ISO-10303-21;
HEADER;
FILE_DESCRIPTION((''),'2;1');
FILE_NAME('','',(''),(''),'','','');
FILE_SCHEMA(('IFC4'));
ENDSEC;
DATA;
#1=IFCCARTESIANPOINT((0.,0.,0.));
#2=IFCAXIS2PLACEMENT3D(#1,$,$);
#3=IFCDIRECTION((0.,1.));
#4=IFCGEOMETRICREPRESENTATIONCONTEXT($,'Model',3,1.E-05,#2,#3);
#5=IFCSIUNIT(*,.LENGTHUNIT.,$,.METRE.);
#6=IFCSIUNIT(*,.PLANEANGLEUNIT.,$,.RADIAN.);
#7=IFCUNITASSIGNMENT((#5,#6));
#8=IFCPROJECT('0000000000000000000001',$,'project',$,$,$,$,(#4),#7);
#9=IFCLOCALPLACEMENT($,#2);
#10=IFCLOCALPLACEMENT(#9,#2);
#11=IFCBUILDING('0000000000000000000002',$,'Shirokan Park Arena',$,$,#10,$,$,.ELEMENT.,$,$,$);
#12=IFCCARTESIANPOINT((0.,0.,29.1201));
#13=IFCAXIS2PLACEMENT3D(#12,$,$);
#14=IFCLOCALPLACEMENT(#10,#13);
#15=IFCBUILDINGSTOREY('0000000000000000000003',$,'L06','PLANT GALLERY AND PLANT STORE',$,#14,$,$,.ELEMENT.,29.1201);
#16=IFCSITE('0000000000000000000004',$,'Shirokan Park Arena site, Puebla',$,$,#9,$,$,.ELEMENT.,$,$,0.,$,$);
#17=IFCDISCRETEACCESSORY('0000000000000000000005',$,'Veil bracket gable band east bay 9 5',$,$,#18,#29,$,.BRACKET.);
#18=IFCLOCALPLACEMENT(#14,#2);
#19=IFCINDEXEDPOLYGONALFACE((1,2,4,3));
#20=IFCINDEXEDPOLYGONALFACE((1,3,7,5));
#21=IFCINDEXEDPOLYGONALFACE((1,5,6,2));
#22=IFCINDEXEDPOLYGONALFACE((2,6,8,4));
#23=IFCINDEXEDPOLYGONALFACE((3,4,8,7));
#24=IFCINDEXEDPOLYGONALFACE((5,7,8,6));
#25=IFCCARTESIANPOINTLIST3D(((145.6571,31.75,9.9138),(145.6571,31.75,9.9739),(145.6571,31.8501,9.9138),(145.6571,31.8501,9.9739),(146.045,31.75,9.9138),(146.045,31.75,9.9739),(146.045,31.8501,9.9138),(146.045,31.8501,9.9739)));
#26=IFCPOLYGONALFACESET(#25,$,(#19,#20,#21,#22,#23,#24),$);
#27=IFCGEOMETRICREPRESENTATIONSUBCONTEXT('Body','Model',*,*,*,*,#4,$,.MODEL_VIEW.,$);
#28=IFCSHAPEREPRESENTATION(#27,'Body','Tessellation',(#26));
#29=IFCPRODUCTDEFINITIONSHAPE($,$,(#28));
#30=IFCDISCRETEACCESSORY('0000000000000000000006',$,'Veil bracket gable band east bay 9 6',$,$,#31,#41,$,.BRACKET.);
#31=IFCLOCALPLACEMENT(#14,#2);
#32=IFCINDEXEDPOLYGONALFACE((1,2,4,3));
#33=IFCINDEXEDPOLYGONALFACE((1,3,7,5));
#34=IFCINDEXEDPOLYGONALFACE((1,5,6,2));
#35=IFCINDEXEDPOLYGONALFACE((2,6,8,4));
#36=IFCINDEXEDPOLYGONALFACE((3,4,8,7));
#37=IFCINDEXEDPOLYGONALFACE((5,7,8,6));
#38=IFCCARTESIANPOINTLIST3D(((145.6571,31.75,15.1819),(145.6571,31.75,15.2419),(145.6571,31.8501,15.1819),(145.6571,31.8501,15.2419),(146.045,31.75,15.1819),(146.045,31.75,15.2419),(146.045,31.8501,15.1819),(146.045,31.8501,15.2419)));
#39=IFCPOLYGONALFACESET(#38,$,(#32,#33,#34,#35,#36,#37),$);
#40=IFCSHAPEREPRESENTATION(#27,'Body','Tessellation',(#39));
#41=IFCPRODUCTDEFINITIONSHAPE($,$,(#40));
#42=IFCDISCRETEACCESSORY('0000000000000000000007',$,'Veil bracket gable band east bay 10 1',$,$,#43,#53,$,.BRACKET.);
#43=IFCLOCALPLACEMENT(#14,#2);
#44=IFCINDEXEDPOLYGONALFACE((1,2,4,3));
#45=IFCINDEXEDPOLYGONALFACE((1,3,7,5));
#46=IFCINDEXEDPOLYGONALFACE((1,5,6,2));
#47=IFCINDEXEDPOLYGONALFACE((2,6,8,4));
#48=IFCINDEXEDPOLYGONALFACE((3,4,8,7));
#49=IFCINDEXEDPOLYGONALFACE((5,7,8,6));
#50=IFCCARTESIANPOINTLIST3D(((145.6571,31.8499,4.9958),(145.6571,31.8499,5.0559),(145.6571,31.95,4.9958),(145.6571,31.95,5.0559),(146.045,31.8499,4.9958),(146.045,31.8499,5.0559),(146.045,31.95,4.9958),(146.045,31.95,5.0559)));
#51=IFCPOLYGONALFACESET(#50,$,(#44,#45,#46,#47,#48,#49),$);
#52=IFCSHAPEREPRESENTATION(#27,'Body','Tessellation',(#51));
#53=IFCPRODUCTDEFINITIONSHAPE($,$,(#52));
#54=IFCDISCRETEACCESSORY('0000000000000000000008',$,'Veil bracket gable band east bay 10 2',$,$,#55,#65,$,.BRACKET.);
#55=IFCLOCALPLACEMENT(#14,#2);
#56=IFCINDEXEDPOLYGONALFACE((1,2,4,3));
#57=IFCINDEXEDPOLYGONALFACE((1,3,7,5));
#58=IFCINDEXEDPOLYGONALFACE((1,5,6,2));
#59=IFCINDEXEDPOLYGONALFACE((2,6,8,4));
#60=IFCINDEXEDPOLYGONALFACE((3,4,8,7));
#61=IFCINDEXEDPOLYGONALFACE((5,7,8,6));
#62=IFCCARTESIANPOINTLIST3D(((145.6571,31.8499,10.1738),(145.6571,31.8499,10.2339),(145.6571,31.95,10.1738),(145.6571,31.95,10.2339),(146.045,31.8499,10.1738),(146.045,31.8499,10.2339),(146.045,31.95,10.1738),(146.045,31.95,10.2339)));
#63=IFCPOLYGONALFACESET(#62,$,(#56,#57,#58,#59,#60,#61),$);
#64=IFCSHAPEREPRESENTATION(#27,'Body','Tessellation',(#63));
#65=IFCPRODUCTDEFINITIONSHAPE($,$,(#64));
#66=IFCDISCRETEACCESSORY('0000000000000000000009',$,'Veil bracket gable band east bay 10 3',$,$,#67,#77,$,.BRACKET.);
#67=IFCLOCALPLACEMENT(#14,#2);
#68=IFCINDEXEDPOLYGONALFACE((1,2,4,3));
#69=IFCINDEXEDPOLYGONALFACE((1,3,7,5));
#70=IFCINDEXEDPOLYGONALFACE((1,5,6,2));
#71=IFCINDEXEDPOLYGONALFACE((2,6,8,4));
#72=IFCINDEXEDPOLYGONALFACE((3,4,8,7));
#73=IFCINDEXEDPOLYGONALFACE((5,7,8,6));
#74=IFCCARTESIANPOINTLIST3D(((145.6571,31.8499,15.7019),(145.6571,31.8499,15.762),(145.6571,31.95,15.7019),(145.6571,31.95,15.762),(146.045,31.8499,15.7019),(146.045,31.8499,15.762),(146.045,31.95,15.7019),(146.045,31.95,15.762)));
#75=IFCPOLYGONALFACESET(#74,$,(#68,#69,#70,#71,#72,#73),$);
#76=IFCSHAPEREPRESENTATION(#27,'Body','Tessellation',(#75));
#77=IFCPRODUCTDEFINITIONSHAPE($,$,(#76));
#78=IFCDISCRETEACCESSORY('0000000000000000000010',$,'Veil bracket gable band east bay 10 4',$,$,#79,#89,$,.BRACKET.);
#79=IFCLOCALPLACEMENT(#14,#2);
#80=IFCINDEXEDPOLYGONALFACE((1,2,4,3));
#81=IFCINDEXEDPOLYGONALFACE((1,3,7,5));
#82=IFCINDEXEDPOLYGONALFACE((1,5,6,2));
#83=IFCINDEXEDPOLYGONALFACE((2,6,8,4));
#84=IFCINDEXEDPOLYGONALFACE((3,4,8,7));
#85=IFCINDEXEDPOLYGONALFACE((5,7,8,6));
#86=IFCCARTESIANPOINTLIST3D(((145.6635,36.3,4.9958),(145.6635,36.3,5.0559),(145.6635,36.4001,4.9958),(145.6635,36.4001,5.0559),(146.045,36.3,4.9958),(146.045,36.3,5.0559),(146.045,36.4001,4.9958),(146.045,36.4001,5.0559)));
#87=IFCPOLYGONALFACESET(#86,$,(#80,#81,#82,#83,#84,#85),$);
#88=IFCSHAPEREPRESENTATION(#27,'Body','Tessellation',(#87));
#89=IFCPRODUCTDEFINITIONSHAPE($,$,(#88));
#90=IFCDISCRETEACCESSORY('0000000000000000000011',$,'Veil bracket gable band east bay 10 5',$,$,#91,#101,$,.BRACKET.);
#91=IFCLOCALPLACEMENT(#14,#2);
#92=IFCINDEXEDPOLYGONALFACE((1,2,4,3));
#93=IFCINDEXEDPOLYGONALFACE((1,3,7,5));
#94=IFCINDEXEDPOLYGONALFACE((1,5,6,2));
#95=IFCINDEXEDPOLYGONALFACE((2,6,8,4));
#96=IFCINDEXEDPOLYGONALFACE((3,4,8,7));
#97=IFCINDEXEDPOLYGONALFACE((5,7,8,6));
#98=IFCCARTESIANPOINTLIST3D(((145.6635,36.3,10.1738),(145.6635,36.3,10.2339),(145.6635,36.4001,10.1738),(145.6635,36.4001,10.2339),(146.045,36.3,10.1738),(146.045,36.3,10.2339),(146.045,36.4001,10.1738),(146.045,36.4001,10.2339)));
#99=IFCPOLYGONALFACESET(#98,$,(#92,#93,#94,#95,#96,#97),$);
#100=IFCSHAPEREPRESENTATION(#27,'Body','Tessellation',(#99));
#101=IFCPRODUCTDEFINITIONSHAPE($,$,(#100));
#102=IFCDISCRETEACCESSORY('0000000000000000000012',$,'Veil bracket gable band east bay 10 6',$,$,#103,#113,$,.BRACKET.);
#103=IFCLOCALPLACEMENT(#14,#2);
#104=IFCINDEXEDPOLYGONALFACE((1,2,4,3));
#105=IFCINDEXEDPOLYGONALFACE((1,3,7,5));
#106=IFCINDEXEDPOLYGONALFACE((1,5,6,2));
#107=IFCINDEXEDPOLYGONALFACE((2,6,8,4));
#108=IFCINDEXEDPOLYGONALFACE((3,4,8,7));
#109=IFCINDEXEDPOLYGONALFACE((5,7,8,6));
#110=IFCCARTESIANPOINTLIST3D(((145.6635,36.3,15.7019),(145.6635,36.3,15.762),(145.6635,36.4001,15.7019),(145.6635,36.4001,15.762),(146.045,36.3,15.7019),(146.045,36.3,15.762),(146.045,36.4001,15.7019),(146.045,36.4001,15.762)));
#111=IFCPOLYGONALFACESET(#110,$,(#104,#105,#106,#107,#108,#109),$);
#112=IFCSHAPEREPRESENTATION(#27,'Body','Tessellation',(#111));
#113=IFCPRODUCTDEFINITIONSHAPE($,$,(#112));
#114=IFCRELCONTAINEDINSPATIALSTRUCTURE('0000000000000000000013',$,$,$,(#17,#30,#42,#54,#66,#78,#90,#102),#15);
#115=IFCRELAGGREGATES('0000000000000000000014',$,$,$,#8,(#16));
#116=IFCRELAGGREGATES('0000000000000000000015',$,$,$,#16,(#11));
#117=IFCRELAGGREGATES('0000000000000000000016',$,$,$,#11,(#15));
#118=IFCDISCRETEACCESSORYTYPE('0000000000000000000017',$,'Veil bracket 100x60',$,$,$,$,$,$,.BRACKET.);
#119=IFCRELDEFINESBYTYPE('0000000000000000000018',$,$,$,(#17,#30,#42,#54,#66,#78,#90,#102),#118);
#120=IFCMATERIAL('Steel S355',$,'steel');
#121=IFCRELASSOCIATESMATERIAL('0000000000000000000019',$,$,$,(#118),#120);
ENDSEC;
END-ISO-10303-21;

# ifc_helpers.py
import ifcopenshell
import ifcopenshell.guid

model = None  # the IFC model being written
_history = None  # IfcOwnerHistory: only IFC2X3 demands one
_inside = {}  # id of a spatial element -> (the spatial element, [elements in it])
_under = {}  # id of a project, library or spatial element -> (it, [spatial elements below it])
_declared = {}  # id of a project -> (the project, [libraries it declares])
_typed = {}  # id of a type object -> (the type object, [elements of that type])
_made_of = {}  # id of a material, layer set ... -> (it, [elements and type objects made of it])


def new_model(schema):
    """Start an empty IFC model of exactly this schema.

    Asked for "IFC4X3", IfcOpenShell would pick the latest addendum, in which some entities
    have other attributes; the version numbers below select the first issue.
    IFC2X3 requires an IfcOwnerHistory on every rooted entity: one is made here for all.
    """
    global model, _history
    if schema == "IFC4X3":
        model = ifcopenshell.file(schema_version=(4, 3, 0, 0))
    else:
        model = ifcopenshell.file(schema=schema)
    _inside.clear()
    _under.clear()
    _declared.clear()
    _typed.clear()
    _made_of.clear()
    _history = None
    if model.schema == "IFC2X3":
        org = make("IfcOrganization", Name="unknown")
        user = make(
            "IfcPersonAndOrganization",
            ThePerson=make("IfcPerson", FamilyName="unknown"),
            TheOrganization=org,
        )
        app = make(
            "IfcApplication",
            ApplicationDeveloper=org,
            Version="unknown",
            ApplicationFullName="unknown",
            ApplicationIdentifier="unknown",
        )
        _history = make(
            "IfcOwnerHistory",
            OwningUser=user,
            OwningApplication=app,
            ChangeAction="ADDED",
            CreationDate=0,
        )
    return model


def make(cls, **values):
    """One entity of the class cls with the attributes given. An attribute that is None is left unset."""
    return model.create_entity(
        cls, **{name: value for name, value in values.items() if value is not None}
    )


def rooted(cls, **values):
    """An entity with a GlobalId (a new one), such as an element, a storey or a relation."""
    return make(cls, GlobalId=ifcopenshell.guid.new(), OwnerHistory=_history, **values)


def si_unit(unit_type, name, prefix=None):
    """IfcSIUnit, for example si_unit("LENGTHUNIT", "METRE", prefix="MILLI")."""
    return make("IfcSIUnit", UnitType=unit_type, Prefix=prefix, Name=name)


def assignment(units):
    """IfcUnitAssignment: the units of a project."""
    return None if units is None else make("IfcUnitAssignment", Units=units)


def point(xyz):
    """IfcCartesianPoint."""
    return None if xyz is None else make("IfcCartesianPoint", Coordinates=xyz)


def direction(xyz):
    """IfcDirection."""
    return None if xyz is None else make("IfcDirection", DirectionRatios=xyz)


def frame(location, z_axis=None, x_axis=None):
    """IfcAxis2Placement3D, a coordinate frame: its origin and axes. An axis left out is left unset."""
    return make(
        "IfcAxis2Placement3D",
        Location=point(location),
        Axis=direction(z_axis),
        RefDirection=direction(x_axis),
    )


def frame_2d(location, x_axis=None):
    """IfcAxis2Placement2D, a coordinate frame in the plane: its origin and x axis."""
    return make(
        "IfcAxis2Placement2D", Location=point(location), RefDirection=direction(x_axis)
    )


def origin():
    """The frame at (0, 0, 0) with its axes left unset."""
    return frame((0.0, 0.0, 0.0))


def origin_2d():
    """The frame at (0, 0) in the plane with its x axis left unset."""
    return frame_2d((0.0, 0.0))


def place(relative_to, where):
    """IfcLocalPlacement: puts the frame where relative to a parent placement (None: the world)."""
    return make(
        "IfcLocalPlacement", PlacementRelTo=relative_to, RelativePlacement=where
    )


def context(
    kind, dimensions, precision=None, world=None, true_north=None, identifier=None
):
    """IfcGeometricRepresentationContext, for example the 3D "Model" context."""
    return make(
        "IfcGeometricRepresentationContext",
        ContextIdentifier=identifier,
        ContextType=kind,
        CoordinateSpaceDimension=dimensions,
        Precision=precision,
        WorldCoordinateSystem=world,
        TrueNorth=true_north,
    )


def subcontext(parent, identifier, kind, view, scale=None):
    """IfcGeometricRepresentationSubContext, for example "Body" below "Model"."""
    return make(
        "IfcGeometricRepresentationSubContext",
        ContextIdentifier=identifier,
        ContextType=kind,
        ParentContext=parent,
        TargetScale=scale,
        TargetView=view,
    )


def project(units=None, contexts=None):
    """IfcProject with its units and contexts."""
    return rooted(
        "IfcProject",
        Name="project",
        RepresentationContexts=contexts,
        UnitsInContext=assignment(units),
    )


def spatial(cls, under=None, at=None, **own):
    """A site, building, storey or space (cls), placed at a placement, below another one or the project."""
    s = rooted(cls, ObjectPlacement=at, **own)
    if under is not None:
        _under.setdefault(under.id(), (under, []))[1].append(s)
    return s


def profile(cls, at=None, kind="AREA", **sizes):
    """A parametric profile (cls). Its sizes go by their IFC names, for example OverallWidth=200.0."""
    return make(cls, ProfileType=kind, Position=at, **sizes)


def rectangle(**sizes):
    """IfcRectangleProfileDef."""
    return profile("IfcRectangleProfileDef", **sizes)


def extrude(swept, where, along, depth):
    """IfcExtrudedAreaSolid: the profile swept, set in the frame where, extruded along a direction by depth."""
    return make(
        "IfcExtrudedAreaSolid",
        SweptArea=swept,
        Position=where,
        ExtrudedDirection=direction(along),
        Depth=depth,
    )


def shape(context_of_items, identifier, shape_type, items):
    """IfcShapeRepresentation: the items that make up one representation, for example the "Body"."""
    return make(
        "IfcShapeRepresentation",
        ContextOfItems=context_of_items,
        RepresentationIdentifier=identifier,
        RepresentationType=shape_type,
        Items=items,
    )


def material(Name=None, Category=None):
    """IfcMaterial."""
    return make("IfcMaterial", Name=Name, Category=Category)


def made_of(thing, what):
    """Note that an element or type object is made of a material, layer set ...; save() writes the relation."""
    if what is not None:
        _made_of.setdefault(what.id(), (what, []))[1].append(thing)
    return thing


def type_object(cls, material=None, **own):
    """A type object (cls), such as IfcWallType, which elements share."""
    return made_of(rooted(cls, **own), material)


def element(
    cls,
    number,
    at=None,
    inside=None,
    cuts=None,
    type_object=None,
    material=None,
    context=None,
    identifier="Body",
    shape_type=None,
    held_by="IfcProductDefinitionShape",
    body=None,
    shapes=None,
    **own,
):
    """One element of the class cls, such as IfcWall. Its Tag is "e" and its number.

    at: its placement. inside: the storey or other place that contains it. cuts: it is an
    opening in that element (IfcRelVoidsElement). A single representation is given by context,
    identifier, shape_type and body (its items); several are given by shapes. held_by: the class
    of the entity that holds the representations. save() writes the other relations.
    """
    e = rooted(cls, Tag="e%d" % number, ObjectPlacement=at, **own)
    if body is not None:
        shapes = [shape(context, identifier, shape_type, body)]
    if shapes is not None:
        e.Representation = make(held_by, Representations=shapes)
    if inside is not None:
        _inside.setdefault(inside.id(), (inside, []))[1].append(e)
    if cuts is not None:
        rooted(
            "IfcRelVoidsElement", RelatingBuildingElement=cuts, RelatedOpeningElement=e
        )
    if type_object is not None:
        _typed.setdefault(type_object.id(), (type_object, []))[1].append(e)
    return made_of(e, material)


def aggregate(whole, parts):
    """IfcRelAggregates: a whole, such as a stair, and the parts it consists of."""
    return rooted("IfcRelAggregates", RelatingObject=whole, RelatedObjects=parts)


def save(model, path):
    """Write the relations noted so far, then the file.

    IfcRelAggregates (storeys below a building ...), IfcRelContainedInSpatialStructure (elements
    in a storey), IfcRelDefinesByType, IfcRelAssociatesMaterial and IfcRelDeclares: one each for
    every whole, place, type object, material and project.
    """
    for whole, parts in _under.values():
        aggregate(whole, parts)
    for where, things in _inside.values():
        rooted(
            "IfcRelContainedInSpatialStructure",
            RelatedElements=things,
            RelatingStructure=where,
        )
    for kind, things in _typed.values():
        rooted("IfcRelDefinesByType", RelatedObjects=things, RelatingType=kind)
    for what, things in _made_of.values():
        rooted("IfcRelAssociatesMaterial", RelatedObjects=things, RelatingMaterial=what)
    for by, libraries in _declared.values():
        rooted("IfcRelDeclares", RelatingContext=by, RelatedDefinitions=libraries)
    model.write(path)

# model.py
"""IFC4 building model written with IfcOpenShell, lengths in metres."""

from ifc_helpers import new_model, si_unit, direction, frame, origin, origin_2d, place, context, subcontext, project, spatial, rectangle, extrude, material, type_object, element, save


model = new_model("IFC4")

# Units and contexts
model_context = context("Model", 3, precision=1e-05, world=origin(), true_north=direction((0.0, 1.0)))
body_context = subcontext(model_context, "Body", "Model", "MODEL_VIEW")
ifc_project = project(units=[si_unit("LENGTHUNIT", "METRE"), si_unit("PLANEANGLEUNIT", "RADIAN")], contexts=[model_context])

# Site, building, storey
site_placement = place(None, origin())
site = spatial("IfcSite", under=ifc_project, at=site_placement, Name="Shirokan Park Arena site, Puebla", CompositionType="ELEMENT", RefElevation=0.0)
building_placement = place(site_placement, origin())
building = spatial("IfcBuilding", under=site, at=building_placement, Name="Shirokan Park Arena", CompositionType="ELEMENT")
storey_placement = place(building_placement, frame((0.0, 0.0, 29.1201)))
storey = spatial("IfcBuildingStorey", under=building, at=storey_placement, Name="L06", Description="PLANT GALLERY AND PLANT STORE", CompositionType="ELEMENT", Elevation=29.1201)

# Discrete accessories
ifc_material_1 = material(Name="Steel S355", Category="steel")
discrete_accessory_type = type_object("IfcDiscreteAccessoryType", Name="Veil bracket 100x60", PredefinedType="BRACKET", material=ifc_material_1)
for number, where, z_axis, x_axis, name in (
    (1, (145.8511, 31.8, 9.9138), (0.0, 0.0, 1.0), (1.0, 0.0, 0.0), "Veil bracket gable band east bay 9 5"),
    (2, (145.8511, 31.8, 15.1819), (0.0, 0.0, 1.0), (1.0, 0.0, 0.0), "Veil bracket gable band east bay 9 6"),
    (3, (145.8511, 31.8999, 4.9958), (0.0, 0.0, 1.0), (1.0, 0.0, 0.0), "Veil bracket gable band east bay 10 1"),
    (4, (145.8511, 31.8999, 10.1738), (0.0, 0.0, 1.0), (1.0, 0.0, 0.0), "Veil bracket gable band east bay 10 2"),
    (5, (145.8511, 31.8999, 15.7019), (0.0, 0.0, 1.0), (1.0, 0.0, 0.0), "Veil bracket gable band east bay 10 3"),
):
    element("IfcDiscreteAccessory", number, at=place(storey_placement, frame(where, z_axis=z_axis, x_axis=x_axis)), inside=storey, type_object=discrete_accessory_type, Name=name, PredefinedType="BRACKET", context=body_context, shape_type="SweptSolid", body=[
        extrude(rectangle(XDim=0.3879, YDim=0.1001, at=origin_2d()), origin(), (0.0, 0.0, 1.0), 0.0601),
    ])
for number, where, z_axis, x_axis, name in (
    (6, (145.8542, 36.3501, 4.9958), (0.0, 0.0, 1.0), (1.0, 0.0, 0.0), "Veil bracket gable band east bay 10 4"),
    (7, (145.8542, 36.3501, 10.1738), (0.0, 0.0, 1.0), (1.0, 0.0, 0.0), "Veil bracket gable band east bay 10 5"),
    (8, (145.8542, 36.3501, 15.7019), (0.0, 0.0, 1.0), (1.0, 0.0, 0.0), "Veil bracket gable band east bay 10 6"),
):
    element("IfcDiscreteAccessory", number, at=place(storey_placement, frame(where, z_axis=z_axis, x_axis=x_axis)), inside=storey, type_object=discrete_accessory_type, Name=name, PredefinedType="BRACKET", context=body_context, shape_type="SweptSolid", body=[
        extrude(rectangle(XDim=0.3816, YDim=0.1001, at=origin_2d()), origin(), (0.0, 0.0, 1.0), 0.0601),
    ])

save(model, "model.ifc")
